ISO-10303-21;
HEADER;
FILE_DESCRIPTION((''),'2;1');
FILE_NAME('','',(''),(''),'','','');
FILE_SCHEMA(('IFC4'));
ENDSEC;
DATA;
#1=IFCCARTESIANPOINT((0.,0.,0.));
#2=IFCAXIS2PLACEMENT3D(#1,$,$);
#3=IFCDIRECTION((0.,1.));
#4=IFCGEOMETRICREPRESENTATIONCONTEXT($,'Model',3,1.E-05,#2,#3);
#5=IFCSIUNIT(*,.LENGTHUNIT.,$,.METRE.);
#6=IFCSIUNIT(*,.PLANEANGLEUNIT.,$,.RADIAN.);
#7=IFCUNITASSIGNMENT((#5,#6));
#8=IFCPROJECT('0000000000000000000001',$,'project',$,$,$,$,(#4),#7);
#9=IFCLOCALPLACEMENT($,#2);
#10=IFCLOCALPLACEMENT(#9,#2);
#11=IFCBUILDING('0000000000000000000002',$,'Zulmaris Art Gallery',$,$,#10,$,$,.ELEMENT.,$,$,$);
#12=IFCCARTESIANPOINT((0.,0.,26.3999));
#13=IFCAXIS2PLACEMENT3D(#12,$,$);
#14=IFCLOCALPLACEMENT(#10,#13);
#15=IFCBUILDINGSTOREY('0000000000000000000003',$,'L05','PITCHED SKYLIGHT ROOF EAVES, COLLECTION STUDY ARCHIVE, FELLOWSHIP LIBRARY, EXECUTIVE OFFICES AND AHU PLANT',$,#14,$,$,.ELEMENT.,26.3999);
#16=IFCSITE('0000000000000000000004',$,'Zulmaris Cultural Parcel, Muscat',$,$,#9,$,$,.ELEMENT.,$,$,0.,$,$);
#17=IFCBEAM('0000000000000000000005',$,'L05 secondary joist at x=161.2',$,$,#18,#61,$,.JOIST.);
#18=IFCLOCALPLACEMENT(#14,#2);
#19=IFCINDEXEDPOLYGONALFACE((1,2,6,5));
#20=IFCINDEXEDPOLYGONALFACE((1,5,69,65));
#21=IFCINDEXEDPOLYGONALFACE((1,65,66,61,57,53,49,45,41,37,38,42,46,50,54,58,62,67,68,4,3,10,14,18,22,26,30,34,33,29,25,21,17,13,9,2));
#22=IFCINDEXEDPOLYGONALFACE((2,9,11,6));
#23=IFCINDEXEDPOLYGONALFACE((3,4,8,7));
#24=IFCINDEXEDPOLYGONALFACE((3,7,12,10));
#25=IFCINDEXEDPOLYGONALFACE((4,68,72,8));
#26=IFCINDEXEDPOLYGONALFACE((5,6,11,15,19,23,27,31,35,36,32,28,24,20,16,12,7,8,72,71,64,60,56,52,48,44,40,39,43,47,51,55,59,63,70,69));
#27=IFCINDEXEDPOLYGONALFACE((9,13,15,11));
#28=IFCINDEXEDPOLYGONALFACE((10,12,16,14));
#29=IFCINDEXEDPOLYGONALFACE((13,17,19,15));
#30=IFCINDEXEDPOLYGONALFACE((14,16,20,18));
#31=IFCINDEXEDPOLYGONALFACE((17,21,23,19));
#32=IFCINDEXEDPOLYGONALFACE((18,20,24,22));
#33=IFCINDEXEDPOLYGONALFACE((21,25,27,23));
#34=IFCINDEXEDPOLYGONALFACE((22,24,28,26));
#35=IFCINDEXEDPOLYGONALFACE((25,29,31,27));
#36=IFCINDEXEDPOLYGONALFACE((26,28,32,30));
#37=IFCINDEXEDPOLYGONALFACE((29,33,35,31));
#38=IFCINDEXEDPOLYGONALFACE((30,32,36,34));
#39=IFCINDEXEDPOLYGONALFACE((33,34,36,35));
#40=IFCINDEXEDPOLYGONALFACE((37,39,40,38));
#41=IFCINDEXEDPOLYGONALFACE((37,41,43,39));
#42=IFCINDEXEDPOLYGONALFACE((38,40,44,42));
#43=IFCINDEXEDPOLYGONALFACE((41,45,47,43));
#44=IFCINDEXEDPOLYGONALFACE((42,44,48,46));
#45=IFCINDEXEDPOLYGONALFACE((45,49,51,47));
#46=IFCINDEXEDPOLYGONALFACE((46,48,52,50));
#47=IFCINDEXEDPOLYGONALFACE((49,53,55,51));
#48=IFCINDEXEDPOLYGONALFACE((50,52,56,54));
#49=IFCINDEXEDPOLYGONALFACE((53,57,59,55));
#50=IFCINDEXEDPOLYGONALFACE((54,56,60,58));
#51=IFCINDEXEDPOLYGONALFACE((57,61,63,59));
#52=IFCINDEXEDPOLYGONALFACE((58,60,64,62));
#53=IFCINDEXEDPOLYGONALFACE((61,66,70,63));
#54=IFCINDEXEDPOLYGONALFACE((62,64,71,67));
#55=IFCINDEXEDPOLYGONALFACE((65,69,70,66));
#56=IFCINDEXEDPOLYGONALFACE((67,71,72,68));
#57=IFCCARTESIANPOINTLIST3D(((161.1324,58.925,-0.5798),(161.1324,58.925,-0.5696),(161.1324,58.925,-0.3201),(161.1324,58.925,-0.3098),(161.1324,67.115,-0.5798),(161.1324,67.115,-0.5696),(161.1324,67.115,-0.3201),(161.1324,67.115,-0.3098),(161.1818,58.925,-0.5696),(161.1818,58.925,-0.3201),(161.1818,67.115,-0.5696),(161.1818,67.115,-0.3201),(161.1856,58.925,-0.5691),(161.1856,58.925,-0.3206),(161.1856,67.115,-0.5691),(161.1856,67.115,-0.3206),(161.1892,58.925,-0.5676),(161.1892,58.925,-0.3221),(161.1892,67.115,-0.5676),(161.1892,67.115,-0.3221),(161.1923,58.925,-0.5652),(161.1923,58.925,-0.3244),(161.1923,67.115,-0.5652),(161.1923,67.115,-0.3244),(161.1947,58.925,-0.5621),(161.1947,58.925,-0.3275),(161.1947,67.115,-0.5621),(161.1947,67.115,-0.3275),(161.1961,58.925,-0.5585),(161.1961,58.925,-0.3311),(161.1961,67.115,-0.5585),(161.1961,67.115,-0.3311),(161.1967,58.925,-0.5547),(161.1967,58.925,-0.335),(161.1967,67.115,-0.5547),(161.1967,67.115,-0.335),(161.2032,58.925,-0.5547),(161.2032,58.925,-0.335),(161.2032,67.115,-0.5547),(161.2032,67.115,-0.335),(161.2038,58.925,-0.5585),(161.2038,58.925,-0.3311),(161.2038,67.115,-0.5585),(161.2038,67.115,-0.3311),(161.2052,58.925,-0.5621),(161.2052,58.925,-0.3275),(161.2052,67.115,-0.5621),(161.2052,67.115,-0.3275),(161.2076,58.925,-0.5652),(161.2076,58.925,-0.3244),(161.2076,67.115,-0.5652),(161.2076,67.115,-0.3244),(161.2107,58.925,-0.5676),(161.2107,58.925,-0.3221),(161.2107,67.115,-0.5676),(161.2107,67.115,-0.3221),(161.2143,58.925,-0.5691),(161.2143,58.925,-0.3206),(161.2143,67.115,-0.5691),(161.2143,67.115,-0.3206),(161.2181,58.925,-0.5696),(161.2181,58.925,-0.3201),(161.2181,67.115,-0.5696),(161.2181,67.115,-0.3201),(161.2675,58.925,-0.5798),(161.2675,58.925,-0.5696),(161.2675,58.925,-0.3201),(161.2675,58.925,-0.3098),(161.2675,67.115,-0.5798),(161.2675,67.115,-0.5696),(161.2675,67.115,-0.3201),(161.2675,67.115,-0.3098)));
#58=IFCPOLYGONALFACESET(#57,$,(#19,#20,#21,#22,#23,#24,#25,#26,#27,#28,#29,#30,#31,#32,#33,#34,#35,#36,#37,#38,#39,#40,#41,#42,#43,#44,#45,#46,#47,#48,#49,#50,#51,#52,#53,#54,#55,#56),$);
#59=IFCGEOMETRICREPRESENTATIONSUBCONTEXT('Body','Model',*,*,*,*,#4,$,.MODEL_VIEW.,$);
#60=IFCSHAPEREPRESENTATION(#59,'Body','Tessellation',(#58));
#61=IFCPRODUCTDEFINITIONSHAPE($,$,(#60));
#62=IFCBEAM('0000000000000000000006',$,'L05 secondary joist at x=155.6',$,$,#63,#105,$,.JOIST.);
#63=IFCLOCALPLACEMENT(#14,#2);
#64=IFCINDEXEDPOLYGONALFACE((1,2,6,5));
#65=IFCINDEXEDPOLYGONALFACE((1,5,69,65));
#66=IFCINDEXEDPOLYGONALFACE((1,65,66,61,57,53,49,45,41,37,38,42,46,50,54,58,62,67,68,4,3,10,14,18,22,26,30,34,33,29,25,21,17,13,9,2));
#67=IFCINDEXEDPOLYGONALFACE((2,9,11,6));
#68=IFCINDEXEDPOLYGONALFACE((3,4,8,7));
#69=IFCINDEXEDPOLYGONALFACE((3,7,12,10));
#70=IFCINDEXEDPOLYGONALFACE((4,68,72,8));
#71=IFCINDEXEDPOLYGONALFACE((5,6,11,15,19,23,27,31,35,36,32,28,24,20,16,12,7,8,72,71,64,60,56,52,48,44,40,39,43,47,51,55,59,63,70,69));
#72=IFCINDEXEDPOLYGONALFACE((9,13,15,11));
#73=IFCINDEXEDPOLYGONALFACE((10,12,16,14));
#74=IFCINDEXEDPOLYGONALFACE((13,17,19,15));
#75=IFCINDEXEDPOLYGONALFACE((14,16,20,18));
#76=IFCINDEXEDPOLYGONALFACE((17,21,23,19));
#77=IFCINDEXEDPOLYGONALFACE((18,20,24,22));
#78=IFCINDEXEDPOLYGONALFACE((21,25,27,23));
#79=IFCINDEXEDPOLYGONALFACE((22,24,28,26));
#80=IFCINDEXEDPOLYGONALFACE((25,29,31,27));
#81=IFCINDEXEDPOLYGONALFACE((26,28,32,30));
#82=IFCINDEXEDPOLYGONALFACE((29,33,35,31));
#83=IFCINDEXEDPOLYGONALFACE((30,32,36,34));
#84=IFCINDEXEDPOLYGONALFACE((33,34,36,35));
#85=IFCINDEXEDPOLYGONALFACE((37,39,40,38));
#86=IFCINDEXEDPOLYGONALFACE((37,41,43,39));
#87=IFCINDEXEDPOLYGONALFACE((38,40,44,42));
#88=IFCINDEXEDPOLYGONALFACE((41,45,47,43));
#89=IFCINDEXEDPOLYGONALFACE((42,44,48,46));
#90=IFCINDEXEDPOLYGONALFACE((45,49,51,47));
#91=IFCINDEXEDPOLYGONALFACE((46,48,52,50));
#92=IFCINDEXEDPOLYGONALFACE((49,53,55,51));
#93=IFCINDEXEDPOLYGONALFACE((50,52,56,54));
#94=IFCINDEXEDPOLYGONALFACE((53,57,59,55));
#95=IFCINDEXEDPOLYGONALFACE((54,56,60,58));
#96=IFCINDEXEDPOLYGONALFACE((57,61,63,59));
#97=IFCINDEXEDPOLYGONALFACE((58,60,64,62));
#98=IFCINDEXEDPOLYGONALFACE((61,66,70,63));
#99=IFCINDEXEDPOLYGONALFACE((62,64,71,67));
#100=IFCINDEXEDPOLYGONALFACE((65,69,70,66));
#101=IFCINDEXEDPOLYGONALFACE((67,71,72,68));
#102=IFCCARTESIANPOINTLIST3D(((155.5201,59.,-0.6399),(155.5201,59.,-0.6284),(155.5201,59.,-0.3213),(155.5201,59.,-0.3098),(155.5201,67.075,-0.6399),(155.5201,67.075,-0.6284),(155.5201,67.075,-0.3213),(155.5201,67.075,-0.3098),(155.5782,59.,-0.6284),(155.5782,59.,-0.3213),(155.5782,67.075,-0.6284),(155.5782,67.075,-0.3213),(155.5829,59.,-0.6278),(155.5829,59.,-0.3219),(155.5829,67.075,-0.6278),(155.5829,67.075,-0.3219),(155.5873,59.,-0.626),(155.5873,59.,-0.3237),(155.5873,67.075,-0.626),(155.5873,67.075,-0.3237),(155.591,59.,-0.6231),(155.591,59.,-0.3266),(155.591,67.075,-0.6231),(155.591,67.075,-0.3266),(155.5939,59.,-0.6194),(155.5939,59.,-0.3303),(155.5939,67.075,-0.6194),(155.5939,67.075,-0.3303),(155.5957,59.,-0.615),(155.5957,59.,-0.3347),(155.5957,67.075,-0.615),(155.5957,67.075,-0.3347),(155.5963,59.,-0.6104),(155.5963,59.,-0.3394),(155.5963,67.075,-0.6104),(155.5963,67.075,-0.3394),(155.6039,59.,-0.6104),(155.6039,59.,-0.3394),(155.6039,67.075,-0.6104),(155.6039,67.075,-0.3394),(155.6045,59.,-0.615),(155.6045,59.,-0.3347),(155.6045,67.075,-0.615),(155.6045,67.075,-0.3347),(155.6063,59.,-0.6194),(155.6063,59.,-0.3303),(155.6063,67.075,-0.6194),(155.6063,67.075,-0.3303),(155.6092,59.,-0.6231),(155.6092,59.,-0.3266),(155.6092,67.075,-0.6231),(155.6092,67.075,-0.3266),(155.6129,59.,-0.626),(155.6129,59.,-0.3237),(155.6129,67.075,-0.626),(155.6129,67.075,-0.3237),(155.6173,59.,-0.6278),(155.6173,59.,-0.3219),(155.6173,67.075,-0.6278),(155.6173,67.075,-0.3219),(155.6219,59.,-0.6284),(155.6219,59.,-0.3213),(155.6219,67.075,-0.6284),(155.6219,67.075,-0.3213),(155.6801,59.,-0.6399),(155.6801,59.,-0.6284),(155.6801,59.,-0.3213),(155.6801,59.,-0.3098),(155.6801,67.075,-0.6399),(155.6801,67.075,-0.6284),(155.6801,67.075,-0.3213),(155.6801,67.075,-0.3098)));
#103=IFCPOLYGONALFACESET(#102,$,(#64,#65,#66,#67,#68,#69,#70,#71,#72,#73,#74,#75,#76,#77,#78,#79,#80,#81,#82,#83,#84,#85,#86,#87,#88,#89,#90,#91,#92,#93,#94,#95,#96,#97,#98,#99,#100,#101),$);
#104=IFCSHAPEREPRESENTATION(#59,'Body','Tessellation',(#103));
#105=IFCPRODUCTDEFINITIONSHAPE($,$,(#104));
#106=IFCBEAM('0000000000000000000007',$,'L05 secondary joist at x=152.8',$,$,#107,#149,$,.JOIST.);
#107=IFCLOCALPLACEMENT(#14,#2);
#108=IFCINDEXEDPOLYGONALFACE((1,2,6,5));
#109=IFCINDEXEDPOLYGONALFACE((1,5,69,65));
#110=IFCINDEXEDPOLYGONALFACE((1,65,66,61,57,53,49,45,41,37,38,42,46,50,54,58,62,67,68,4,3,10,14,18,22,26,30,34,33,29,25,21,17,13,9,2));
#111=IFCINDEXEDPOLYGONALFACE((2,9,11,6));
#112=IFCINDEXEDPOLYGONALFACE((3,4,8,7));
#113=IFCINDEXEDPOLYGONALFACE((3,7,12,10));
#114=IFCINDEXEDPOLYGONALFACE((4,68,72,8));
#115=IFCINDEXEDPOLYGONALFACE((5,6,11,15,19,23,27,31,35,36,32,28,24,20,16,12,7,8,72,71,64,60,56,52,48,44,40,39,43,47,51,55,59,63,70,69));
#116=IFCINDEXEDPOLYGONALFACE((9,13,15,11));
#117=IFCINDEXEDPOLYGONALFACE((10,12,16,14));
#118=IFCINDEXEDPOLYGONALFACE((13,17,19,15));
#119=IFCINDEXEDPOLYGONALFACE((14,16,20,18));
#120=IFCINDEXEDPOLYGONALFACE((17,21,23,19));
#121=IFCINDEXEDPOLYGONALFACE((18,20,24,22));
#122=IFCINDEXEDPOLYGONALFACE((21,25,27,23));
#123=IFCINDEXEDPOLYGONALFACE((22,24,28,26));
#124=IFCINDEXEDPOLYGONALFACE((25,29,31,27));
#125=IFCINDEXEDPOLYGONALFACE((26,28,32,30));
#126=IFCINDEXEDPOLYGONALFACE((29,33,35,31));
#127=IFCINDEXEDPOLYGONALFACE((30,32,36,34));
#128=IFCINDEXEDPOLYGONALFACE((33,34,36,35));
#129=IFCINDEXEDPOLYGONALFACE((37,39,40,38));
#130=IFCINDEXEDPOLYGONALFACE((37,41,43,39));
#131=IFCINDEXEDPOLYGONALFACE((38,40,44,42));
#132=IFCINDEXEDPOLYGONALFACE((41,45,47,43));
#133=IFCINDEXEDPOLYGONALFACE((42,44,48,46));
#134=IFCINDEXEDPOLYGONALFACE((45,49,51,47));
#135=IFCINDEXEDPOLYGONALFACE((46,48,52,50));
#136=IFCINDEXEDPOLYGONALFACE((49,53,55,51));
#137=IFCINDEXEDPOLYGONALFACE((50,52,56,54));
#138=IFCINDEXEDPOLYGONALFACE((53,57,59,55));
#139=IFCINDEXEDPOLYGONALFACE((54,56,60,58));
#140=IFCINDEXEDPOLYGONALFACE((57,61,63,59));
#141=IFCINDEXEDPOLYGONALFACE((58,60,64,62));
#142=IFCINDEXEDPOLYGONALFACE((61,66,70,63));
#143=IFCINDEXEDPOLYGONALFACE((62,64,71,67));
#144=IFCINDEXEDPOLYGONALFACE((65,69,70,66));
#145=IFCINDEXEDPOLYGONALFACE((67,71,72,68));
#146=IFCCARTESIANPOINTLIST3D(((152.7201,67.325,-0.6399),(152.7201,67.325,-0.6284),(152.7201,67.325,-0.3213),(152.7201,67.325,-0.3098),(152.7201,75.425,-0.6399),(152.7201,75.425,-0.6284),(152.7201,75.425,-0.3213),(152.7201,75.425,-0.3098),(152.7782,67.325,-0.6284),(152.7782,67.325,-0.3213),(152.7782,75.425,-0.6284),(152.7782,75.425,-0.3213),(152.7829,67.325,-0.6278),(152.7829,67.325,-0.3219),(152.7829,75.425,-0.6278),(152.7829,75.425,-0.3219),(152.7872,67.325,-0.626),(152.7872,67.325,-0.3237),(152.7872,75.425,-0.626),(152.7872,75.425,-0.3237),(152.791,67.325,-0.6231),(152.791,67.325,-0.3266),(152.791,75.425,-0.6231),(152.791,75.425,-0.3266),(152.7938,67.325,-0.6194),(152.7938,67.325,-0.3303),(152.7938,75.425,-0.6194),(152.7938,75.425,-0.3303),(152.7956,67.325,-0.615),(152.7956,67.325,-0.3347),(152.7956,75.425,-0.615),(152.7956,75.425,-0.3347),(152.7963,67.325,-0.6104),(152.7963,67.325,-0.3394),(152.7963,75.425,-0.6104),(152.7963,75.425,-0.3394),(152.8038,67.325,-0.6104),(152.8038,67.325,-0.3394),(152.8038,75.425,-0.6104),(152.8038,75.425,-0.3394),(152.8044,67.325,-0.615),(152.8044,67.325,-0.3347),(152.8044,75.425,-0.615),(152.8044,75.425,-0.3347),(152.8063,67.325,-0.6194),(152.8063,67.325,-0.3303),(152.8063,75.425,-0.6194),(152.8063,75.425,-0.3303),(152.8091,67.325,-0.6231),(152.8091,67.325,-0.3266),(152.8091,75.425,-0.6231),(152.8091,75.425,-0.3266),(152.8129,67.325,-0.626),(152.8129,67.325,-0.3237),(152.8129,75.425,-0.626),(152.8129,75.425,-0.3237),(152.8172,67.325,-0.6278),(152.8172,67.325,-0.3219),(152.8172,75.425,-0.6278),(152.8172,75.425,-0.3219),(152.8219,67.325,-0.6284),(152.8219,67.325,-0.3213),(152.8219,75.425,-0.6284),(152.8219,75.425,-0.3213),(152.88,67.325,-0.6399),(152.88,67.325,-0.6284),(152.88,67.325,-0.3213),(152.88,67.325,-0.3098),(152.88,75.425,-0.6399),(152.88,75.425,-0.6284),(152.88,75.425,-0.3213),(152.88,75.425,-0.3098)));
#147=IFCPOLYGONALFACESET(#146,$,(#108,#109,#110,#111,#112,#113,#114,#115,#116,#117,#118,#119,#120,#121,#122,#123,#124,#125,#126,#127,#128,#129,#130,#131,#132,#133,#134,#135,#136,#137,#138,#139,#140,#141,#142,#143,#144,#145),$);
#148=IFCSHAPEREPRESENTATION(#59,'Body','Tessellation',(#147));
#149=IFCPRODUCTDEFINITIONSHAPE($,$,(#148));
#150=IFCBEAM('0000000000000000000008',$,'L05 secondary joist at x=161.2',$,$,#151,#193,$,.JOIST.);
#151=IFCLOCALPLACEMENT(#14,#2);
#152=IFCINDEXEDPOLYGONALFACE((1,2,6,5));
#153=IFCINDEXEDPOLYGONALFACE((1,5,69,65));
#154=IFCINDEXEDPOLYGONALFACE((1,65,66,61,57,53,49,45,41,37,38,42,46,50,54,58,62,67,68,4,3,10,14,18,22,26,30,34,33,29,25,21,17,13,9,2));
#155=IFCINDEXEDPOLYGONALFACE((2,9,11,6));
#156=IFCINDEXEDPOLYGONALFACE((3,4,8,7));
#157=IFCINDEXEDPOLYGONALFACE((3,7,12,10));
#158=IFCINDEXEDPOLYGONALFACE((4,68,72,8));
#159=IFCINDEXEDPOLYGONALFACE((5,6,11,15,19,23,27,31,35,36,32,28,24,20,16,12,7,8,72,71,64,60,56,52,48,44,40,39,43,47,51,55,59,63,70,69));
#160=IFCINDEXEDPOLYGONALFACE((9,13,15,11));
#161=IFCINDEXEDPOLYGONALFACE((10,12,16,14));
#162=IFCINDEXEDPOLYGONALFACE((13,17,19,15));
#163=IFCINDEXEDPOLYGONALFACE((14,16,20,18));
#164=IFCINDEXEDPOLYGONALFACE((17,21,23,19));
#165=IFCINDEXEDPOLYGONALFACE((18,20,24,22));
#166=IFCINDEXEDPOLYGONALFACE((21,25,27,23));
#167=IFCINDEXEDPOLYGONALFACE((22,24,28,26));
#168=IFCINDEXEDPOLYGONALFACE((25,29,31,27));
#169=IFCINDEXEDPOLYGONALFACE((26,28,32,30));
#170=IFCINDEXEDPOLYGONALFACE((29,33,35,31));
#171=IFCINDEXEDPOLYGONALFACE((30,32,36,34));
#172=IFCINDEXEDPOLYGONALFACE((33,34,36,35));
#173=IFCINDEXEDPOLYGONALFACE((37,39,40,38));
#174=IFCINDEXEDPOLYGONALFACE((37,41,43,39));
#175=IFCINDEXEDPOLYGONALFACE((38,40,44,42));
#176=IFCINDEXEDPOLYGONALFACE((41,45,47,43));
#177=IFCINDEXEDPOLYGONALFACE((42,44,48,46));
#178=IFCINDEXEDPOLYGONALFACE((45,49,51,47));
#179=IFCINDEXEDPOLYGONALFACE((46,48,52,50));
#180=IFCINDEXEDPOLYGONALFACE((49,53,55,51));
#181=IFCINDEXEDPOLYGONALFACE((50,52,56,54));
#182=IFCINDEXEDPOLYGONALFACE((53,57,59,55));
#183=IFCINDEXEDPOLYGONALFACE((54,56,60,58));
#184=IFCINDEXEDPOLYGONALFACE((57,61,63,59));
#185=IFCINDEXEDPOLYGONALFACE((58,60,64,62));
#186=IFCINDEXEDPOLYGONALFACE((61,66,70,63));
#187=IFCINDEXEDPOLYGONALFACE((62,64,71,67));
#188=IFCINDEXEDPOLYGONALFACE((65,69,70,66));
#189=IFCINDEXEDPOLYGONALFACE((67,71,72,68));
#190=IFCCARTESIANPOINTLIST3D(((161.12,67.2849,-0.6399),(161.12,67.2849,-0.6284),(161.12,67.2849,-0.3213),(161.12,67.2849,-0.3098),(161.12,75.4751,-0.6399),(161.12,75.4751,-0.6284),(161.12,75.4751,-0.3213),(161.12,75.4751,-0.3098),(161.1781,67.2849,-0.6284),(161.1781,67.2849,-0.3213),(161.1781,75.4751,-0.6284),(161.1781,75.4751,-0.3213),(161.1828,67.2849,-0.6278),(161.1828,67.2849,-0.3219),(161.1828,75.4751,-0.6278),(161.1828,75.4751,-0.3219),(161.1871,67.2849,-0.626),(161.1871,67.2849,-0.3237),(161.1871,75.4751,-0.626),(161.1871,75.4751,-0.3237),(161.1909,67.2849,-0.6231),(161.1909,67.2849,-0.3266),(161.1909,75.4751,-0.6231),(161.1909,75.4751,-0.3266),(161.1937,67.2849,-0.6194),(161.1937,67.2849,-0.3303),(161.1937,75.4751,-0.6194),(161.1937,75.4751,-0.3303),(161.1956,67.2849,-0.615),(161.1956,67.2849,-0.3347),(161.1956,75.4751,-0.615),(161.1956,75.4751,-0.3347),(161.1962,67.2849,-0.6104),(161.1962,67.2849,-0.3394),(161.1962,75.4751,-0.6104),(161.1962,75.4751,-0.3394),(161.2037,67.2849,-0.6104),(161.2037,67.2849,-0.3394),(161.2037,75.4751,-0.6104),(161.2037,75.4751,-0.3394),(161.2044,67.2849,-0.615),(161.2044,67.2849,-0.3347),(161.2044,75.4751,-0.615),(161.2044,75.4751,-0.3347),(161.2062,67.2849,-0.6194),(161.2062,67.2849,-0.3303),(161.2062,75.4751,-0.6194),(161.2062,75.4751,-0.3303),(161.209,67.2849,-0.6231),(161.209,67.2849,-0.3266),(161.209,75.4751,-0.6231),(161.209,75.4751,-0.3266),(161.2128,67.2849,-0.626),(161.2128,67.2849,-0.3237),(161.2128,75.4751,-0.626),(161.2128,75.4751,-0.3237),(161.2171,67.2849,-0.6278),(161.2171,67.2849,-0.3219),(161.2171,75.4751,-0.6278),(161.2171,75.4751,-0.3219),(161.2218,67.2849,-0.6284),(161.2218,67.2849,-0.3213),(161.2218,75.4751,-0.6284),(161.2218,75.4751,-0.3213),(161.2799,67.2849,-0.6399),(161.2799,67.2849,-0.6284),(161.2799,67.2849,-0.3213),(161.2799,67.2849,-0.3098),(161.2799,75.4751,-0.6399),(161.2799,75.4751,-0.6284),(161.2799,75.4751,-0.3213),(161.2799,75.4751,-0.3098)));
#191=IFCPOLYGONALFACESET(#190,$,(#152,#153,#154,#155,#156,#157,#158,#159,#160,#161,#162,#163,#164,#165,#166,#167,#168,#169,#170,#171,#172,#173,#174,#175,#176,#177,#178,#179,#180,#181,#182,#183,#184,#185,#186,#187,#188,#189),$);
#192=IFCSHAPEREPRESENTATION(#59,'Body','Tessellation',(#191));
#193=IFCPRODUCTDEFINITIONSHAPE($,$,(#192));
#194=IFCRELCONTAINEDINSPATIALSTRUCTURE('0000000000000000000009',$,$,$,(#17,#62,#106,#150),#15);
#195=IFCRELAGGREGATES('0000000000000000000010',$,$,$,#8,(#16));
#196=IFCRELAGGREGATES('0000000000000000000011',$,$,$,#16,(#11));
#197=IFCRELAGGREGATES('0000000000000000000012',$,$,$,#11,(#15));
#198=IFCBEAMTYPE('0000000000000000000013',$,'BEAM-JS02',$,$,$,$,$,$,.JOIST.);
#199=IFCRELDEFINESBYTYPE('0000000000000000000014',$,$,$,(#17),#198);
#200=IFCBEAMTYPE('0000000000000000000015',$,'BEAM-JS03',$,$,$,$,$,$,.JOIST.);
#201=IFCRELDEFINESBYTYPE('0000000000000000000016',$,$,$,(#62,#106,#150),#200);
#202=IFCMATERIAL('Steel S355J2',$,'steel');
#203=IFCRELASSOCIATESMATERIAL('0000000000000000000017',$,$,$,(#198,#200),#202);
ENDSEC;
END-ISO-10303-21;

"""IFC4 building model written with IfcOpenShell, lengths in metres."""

from ifc_helpers import new_model, si_unit, direction, frame, origin, origin_2d, place, context, subcontext, project, spatial, i_section, extrude, material, material_profile, profile_set, type_object, element, save


model = new_model("IFC4")

# Units and contexts
model_context = context("Model", 3, precision=1e-05, world=origin(), true_north=direction((0.0, 1.0)))
body_context = subcontext(model_context, "Body", "Model", "MODEL_VIEW")
ifc_project = project(units=[si_unit("LENGTHUNIT", "METRE"), si_unit("PLANEANGLEUNIT", "RADIAN")], contexts=[model_context])

# Site, building, storey
site_placement = place(None, origin())
site = spatial("IfcSite", under=ifc_project, at=site_placement, Name="Zulmaris Cultural Parcel, Muscat", CompositionType="ELEMENT", RefElevation=0.0)
building_placement = place(site_placement, origin())
building = spatial("IfcBuilding", under=site, at=building_placement, Name="Zulmaris Art Gallery", CompositionType="ELEMENT")
storey_placement = place(building_placement, frame((0.0, 0.0, 26.3999)))
storey = spatial("IfcBuildingStorey", under=building, at=storey_placement, Name="L05", Description="PITCHED SKYLIGHT ROOF EAVES, COLLECTION STUDY ARCHIVE, FELLOWSHIP LIBRARY, EXECUTIVE OFFICES AND AHU PLANT", CompositionType="ELEMENT", Elevation=26.3999)

# Beams
ifc_material_1 = material(Name="Steel S355J2", Category="steel")
ifc_material_profile_1 = material_profile(ifc_material_1, i_section(OverallWidth=0.135, OverallDepth=0.27, WebThickness=0.0066, FlangeThickness=0.0103, FilletRadius=0.0149, at=origin_2d()), Name="IPE 270")
ifc_profile_set_1 = profile_set([ifc_material_profile_1], Name="Steel S355J2")
beam_type_1 = type_object("IfcBeamType", Name="BEAM-JS02", PredefinedType="JOIST", material=ifc_profile_set_1)
beam_1_placement = place(storey_placement, frame((161.2, 58.925, -0.4448), z_axis=(0.0, 1.0, 0.0), x_axis=(-1.0, 0.0, 0.0)))
element("IfcBeam", 1, at=beam_1_placement, inside=storey, type_object=beam_type_1, Name="L05 secondary joist at x=161.2", PredefinedType="JOIST", context=body_context, shape_type="SweptSolid", body=[
    extrude(i_section(OverallWidth=0.135, OverallDepth=0.27, WebThickness=0.0066, FlangeThickness=0.0103, FilletRadius=0.0149, at=origin_2d()), origin(), (0.0, 0.0, 1.0), 8.1899),
])
ifc_material_profile_2 = material_profile(ifc_material_1, i_section(OverallWidth=0.1599, OverallDepth=0.3301, WebThickness=0.0076, FlangeThickness=0.0115, FilletRadius=0.0181, at=origin_2d()), Name="IPE 330")
ifc_profile_set_2 = profile_set([ifc_material_profile_2], Name="Steel S355J2")
beam_type_2 = type_object("IfcBeamType", Name="BEAM-JS03", PredefinedType="JOIST", material=ifc_profile_set_2)
beam_2_placement = place(storey_placement, frame((155.6001, 59.0, -0.4749), z_axis=(0.0, 1.0, 0.0), x_axis=(-1.0, 0.0, 0.0)))
element("IfcBeam", 2, at=beam_2_placement, inside=storey, type_object=beam_type_2, Name="L05 secondary joist at x=155.6", PredefinedType="JOIST", context=body_context, shape_type="SweptSolid", body=[
    extrude(i_section(OverallWidth=0.1599, OverallDepth=0.3301, WebThickness=0.0076, FlangeThickness=0.0115, FilletRadius=0.0181, at=origin_2d()), origin(), (0.0, 0.0, 1.0), 8.075),
])
beam_3_placement = place(storey_placement, frame((152.8, 67.325, -0.4749), z_axis=(0.0, 1.0, 0.0), x_axis=(-1.0, 0.0, 0.0)))
element("IfcBeam", 3, at=beam_3_placement, inside=storey, type_object=beam_type_2, Name="L05 secondary joist at x=152.8", PredefinedType="JOIST", context=body_context, shape_type="SweptSolid", body=[
    extrude(i_section(OverallWidth=0.1599, OverallDepth=0.3301, WebThickness=0.0076, FlangeThickness=0.0115, FilletRadius=0.0181, at=origin_2d()), origin(), (0.0, 0.0, 1.0), 8.1001),
])
beam_4_placement = place(storey_placement, frame((161.2, 67.2849, -0.4749), z_axis=(0.0, 1.0, 0.0), x_axis=(-1.0, 0.0, 0.0)))
element("IfcBeam", 4, at=beam_4_placement, inside=storey, type_object=beam_type_2, Name="L05 secondary joist at x=161.2", PredefinedType="JOIST", context=body_context, shape_type="SweptSolid", body=[
    extrude(i_section(OverallWidth=0.1599, OverallDepth=0.3301, WebThickness=0.0076, FlangeThickness=0.0115, FilletRadius=0.0181, at=origin_2d()), origin(), (0.0, 0.0, 1.0), 8.1902),
])

save(model, "model.ifc")
